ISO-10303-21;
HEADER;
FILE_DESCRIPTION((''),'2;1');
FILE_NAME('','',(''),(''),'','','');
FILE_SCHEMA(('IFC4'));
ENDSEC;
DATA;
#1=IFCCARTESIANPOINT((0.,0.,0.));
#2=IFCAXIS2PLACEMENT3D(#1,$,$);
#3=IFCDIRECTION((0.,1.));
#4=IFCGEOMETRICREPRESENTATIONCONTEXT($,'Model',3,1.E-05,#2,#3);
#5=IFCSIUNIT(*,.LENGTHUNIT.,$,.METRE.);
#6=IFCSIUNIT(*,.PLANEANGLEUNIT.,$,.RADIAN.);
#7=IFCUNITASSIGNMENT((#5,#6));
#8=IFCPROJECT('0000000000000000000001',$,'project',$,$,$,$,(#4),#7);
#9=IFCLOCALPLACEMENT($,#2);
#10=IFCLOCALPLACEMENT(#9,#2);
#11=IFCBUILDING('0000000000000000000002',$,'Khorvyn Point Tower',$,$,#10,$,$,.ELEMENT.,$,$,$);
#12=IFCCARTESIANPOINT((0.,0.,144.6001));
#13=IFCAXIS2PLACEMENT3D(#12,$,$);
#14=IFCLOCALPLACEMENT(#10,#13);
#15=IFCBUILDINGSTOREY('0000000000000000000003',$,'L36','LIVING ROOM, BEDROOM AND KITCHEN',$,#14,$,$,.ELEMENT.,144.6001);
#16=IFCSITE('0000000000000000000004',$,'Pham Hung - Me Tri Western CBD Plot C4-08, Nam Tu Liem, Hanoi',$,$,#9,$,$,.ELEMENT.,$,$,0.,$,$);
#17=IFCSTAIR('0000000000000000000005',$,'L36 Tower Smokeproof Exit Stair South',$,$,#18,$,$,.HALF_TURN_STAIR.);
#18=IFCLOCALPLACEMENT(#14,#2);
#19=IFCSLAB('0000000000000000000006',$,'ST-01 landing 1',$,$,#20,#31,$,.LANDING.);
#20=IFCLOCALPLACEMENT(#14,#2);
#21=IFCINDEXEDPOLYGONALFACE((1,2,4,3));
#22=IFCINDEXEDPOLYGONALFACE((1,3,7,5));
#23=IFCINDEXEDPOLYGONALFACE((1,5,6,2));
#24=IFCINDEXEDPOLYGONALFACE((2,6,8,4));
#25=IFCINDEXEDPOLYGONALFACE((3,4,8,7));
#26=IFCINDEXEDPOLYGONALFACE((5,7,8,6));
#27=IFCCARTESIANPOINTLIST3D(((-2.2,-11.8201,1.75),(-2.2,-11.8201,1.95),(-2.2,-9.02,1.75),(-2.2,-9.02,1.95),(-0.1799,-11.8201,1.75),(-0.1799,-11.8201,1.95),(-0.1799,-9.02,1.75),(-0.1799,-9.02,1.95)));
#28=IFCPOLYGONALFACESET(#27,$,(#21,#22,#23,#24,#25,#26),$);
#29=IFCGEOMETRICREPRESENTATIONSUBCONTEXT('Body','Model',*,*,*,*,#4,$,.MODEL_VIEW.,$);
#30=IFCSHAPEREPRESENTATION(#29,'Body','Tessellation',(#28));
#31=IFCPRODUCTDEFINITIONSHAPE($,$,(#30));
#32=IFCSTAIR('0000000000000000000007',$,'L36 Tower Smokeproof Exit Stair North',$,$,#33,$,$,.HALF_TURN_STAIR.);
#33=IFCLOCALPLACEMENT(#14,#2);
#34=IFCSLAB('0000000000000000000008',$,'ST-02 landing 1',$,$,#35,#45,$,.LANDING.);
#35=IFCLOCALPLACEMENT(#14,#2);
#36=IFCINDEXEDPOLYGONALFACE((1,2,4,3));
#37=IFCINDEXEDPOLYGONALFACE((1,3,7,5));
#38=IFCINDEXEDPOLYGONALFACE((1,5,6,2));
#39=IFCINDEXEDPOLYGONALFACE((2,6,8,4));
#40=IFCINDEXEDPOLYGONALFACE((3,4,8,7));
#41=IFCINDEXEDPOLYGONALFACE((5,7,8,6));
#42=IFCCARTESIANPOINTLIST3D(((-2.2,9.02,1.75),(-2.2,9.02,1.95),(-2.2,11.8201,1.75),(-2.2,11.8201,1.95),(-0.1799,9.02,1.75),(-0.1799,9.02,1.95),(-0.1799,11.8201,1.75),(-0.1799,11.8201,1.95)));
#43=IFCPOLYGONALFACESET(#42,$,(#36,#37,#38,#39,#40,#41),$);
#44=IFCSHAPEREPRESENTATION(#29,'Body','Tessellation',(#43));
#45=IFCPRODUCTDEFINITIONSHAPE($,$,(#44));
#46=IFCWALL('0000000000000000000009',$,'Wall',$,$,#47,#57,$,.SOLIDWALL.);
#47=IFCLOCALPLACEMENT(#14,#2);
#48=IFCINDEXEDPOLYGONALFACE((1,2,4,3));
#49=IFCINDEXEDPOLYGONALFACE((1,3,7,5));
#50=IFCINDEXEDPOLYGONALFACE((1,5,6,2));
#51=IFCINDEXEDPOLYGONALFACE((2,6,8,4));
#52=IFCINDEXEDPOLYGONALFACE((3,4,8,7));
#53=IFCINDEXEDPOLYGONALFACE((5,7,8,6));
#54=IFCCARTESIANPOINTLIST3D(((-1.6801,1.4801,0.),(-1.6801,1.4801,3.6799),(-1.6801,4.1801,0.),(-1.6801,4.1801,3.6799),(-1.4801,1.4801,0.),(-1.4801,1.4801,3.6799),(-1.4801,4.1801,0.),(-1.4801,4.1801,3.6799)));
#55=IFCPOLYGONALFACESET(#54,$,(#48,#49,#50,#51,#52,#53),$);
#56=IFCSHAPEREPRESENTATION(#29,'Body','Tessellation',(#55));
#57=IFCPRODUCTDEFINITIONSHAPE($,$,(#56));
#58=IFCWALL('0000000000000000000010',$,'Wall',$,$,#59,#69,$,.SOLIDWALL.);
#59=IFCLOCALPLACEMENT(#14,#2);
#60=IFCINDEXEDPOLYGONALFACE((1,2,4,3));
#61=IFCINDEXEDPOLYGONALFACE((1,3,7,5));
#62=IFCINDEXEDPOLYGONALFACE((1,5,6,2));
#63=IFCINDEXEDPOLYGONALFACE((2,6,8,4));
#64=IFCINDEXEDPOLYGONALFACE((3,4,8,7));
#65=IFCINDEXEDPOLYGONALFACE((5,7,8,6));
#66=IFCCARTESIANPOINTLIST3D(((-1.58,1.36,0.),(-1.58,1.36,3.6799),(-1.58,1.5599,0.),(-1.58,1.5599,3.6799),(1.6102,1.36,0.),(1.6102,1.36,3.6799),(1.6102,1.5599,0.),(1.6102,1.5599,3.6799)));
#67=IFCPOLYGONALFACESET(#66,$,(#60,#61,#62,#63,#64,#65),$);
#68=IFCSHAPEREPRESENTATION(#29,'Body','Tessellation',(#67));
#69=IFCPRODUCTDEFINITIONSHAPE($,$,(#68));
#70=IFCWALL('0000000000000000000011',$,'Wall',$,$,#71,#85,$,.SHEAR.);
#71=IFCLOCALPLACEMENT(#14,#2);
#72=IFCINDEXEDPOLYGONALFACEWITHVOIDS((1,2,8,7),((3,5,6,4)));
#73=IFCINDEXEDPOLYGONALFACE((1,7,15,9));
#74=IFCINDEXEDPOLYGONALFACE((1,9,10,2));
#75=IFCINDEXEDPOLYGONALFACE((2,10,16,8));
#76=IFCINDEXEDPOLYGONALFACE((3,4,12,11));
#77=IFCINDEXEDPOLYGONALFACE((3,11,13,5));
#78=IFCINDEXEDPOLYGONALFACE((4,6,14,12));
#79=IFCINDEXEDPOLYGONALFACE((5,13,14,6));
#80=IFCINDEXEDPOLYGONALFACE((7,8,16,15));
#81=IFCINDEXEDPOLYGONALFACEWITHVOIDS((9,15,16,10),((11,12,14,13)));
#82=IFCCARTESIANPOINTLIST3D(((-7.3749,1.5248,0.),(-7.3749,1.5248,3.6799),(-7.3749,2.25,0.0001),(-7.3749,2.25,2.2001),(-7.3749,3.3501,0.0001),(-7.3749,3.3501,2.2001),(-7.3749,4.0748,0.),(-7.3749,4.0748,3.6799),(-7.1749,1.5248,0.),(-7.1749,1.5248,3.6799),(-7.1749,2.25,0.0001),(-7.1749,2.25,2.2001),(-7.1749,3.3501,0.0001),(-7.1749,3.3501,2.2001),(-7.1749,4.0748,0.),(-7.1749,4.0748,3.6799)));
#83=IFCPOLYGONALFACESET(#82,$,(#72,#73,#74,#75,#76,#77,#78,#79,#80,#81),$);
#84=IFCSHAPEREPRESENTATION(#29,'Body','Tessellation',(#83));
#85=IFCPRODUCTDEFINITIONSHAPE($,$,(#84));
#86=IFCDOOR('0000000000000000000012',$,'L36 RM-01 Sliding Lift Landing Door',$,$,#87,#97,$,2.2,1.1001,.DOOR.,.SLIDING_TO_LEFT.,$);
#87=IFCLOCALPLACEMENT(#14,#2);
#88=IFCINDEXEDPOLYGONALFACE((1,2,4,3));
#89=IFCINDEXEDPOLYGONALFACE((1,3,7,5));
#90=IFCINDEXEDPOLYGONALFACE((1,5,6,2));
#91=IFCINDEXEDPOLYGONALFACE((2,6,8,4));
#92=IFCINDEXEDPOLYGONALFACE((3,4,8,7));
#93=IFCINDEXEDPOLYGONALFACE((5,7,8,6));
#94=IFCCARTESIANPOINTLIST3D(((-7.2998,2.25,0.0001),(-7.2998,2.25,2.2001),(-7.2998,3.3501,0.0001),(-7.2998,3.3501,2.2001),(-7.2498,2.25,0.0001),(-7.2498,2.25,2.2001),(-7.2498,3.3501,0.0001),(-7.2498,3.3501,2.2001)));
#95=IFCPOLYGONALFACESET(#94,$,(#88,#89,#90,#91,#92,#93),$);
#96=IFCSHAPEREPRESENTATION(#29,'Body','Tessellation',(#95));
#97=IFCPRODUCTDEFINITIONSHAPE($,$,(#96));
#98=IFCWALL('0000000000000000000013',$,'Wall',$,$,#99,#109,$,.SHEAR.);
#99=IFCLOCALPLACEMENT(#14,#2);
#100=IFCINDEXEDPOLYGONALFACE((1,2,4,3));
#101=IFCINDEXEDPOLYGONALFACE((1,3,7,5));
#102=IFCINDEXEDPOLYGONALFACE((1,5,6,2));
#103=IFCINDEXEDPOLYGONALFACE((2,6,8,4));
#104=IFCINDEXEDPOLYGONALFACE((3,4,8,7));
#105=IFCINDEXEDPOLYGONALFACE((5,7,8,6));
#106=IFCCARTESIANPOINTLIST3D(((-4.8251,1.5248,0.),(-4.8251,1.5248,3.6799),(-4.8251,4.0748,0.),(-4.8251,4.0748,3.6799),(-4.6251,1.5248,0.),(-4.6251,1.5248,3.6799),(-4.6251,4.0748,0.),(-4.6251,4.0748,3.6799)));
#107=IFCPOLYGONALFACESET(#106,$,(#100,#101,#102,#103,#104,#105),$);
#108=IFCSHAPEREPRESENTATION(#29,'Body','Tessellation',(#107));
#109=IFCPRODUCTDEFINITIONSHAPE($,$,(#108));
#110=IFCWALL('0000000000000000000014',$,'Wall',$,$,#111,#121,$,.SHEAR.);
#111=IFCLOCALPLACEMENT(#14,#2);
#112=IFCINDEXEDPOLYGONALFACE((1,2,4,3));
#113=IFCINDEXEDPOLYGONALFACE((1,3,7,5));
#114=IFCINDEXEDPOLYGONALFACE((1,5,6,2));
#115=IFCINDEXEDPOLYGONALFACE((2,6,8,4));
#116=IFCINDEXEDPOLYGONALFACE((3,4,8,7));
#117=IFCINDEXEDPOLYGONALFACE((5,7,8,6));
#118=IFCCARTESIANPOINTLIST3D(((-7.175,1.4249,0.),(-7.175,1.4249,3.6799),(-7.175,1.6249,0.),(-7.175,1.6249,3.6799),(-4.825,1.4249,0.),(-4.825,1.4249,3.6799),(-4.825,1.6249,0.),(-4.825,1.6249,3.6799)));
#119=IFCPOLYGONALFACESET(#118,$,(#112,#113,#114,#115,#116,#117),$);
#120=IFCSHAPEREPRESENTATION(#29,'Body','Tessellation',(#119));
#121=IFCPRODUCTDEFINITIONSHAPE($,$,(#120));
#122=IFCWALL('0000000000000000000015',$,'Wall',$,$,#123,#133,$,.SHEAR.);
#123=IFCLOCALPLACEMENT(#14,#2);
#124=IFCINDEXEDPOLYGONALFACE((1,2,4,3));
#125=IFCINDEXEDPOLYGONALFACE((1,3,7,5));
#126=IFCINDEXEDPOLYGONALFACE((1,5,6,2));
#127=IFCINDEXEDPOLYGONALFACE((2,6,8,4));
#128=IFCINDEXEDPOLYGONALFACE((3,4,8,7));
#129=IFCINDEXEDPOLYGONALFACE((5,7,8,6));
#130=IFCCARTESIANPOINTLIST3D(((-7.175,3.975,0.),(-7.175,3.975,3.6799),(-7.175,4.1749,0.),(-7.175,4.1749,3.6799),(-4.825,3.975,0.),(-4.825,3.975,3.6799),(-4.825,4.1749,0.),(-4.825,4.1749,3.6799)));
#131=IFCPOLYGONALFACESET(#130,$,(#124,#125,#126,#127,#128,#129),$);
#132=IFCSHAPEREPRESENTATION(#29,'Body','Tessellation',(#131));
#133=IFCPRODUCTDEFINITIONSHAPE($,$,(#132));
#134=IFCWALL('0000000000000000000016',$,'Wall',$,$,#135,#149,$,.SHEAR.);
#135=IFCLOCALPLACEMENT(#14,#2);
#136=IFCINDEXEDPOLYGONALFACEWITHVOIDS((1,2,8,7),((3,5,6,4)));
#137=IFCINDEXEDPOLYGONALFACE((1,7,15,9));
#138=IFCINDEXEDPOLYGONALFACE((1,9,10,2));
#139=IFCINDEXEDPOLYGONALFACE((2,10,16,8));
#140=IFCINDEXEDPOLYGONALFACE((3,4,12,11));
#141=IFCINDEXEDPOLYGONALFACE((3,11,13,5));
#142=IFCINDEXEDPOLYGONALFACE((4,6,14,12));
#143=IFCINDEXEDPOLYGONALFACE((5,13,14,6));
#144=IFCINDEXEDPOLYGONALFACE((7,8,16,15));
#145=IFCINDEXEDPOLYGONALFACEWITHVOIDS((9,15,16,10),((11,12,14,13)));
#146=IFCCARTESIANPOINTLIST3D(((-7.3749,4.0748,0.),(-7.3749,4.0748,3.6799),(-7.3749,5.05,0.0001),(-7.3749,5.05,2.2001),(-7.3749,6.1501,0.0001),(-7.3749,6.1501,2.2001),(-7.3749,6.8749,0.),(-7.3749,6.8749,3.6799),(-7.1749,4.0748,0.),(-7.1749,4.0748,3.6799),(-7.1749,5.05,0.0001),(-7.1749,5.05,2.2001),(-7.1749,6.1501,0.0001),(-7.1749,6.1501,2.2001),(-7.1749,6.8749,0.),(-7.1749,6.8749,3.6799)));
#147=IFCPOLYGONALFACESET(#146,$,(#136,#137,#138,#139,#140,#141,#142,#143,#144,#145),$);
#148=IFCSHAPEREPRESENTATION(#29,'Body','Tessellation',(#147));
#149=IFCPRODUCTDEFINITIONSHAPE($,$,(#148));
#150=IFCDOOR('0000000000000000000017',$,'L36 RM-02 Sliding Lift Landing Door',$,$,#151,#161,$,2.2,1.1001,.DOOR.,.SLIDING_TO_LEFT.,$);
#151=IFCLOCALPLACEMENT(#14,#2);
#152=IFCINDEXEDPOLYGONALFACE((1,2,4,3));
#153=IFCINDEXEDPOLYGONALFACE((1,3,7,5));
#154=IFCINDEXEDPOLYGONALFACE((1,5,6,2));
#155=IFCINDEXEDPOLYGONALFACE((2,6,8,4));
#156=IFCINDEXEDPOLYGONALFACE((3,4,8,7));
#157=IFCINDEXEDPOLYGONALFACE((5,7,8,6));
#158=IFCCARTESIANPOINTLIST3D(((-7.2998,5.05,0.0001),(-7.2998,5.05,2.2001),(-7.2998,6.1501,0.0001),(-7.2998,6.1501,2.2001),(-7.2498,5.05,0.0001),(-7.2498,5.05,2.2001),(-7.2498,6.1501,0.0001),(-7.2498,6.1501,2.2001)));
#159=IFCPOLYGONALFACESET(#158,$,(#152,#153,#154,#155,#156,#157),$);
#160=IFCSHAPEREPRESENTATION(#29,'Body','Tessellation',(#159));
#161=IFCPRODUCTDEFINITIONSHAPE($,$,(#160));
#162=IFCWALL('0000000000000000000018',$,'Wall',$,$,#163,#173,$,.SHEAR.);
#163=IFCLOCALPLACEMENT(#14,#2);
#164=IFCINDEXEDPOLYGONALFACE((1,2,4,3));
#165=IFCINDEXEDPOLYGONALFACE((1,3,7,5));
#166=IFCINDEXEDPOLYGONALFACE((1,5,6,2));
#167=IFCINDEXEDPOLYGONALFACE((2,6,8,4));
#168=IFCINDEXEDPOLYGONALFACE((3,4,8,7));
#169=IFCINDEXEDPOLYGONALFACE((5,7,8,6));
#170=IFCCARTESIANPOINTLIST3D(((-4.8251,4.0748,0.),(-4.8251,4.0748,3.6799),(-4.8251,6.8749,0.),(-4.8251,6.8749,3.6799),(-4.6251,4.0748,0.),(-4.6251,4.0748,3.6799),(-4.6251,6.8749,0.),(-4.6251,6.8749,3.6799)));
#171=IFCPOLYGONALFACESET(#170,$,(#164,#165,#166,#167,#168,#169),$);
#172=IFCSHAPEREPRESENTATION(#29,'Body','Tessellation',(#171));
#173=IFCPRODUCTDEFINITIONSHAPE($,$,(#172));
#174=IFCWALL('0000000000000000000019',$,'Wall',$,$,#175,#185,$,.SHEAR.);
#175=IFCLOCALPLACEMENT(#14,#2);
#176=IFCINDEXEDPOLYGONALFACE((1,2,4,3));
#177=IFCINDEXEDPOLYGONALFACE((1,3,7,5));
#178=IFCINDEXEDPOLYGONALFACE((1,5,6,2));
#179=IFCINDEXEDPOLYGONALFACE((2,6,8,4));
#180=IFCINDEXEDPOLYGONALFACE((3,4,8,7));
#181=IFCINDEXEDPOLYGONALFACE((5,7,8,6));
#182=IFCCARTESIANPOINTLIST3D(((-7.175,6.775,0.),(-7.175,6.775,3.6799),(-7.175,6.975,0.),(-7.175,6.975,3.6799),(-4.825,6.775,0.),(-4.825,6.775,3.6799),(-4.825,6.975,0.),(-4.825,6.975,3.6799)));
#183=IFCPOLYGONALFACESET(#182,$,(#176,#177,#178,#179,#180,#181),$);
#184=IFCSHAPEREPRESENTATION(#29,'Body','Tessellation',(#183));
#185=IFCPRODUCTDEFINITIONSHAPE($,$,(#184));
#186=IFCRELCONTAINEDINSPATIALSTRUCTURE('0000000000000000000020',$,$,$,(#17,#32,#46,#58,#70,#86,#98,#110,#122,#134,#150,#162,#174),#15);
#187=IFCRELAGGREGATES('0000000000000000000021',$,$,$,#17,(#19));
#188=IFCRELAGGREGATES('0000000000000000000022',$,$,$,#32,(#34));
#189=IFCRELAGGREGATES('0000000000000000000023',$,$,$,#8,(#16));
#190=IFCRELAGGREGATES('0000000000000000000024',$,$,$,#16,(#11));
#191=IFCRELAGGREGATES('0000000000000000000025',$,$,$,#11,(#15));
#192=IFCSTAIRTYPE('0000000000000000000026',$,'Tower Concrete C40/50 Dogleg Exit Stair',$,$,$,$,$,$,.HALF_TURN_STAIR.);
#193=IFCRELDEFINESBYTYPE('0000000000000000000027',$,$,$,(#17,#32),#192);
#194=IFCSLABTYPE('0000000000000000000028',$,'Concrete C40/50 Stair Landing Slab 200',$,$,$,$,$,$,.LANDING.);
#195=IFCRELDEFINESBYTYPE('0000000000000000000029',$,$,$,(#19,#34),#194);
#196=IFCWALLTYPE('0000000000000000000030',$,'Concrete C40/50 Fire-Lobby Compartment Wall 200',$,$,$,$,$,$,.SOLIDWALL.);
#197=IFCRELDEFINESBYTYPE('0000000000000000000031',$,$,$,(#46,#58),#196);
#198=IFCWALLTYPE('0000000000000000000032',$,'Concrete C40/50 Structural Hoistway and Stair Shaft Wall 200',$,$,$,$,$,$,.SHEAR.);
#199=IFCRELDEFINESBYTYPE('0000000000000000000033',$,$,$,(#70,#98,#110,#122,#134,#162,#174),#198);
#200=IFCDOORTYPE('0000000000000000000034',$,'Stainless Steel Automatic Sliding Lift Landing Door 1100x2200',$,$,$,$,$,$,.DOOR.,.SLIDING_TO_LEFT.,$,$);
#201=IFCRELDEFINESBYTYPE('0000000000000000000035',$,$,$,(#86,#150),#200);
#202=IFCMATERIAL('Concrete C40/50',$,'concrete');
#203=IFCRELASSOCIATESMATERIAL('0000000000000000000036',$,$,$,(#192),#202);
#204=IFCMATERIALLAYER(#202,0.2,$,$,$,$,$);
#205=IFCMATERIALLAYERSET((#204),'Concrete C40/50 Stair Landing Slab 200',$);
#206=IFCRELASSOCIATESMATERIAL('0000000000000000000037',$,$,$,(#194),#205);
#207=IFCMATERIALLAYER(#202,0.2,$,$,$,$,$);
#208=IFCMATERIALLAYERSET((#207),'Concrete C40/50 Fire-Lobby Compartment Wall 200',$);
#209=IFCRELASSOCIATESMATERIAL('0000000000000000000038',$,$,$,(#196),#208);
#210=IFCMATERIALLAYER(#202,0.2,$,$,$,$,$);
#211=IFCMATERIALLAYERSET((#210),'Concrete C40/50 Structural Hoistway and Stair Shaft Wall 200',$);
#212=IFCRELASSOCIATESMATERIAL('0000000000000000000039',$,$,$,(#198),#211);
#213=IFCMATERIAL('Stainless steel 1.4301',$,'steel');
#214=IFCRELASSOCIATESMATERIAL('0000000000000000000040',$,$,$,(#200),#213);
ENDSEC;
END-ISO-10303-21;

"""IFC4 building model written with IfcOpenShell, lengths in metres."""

from ifc_helpers import new_model, si_unit, direction, frame, frame_2d, origin, place, context, subcontext, project, spatial, polyline, rectangle, outline, extrude, material, layer, layer_set, type_object, element, fill, aggregate, save


model = new_model("IFC4")

# Units and contexts
model_context = context("Model", 3, precision=1e-05, world=origin(), true_north=direction((0.0, 1.0)))
body_context = subcontext(model_context, "Body", "Model", "MODEL_VIEW")
ifc_project = project(units=[si_unit("LENGTHUNIT", "METRE"), si_unit("PLANEANGLEUNIT", "RADIAN")], contexts=[model_context])

# Site, building, storey
site_placement = place(None, origin())
site = spatial("IfcSite", under=ifc_project, at=site_placement, Name="Pham Hung - Me Tri Western CBD Plot C4-08, Nam Tu Liem, Hanoi", CompositionType="ELEMENT", RefElevation=0.0)
building_placement = place(site_placement, origin())
building = spatial("IfcBuilding", under=site, at=building_placement, Name="Khorvyn Point Tower", CompositionType="ELEMENT")
storey_placement = place(building_placement, frame((0.0, 0.0, 144.6001)))
storey = spatial("IfcBuildingStorey", under=building, at=storey_placement, Name="L36", Description="LIVING ROOM, BEDROOM AND KITCHEN", CompositionType="ELEMENT", Elevation=144.6001)

# Shared definitions
ifc_material_1 = material(Name="Concrete C40/50", Category="concrete")

# Stairs, slabs
stair_type = type_object("IfcStairType", Name="Tower Concrete C40/50 Dogleg Exit Stair", PredefinedType="HALF_TURN_STAIR", material=ifc_material_1)
stair_1_placement = place(storey_placement, origin())
stair_1 = element("IfcStair", 1, at=stair_1_placement, inside=storey, type_object=stair_type, Name="L36 Tower Smokeproof Exit Stair South", PredefinedType="HALF_TURN_STAIR")
ifc_layer_1 = layer(ifc_material_1, 0.2)
ifc_layer_set_1 = layer_set([ifc_layer_1], Name="Concrete C40/50 Stair Landing Slab 200")
slab_type_1 = type_object("IfcSlabType", Name="Concrete C40/50 Stair Landing Slab 200", PredefinedType="LANDING", material=ifc_layer_set_1)
slab_1_placement = place(storey_placement, frame((0.0, 0.0, 1.75)))
slab_1 = element("IfcSlab", 2, at=slab_1_placement, type_object=slab_type_1, Name="ST-01 landing 1", PredefinedType="LANDING", context=body_context, shape_type="SweptSolid", body=[
    extrude(outline(polyline([(-0.1799, -9.02), (-2.2, -9.02), (-2.2, -11.8201), (-0.1799, -11.8201), (-0.1799, -9.02)])), origin(), (0.0, 0.0, 1.0), 0.2),
])
aggregate(stair_1, [slab_1])
stair_2_placement = place(storey_placement, origin())
stair_2 = element("IfcStair", 3, at=stair_2_placement, inside=storey, type_object=stair_type, Name="L36 Tower Smokeproof Exit Stair North", PredefinedType="HALF_TURN_STAIR")
slab_2_placement = place(storey_placement, frame((0.0, 0.0, 1.75)))
slab_2 = element("IfcSlab", 4, at=slab_2_placement, type_object=slab_type_1, Name="ST-02 landing 1", PredefinedType="LANDING", context=body_context, shape_type="SweptSolid", body=[
    extrude(outline(polyline([(-0.1799, 11.8201), (-2.2, 11.8201), (-2.2, 9.02), (-0.1799, 9.02), (-0.1799, 11.8201)])), origin(), (0.0, 0.0, 1.0), 0.2),
])
aggregate(stair_2, [slab_2])

# Shared definitions
ifc_layer_2 = layer(ifc_material_1, 0.2)
ifc_layer_set_2 = layer_set([ifc_layer_2], Name="Concrete C40/50 Fire-Lobby Compartment Wall 200")
wall_type_1 = type_object("IfcWallType", Name="Concrete C40/50 Fire-Lobby Compartment Wall 200", PredefinedType="SOLIDWALL", material=ifc_layer_set_2)

# Walls
wall_1_placement = place(storey_placement, frame((-1.5801, 1.48, 0.0), z_axis=(0.0, 0.0, 1.0), x_axis=(0.0, 1.0, 0.0)))
element("IfcWall", 5, at=wall_1_placement, inside=storey, type_object=wall_type_1, Name="Wall", PredefinedType="SOLIDWALL", context=body_context, shape_type="SweptSolid", body=[
    extrude(rectangle(XDim=2.7, YDim=0.2, at=frame_2d((1.3501, 0.0))), origin(), (0.0, 0.0, 1.0), 3.6799),
])
wall_2_placement = place(storey_placement, frame((-1.5801, 1.46, 0.0), z_axis=(0.0, 0.0, 1.0), x_axis=(1.0, 0.0, 0.0)))
element("IfcWall", 6, at=wall_2_placement, inside=storey, type_object=wall_type_1, Name="Wall", PredefinedType="SOLIDWALL", context=body_context, shape_type="SweptSolid", body=[
    extrude(rectangle(XDim=3.1902, YDim=0.2, at=frame_2d((1.5952, 0.0))), origin(), (0.0, 0.0, 1.0), 3.6799),
])

# Wall, opening, door
ifc_layer_3 = layer(ifc_material_1, 0.2)
ifc_layer_set_3 = layer_set([ifc_layer_3], Name="Concrete C40/50 Structural Hoistway and Stair Shaft Wall 200")
wall_type_2 = type_object("IfcWallType", Name="Concrete C40/50 Structural Hoistway and Stair Shaft Wall 200", PredefinedType="SHEAR", material=ifc_layer_set_3)
wall_3_placement = place(storey_placement, frame((-7.2749, 1.5249, 0.0), z_axis=(0.0, 0.0, 1.0), x_axis=(0.0, 1.0, 0.0)))
wall_3 = element("IfcWall", 7, at=wall_3_placement, inside=storey, type_object=wall_type_2, Name="Wall", PredefinedType="SHEAR", context=body_context, shape_type="SweptSolid", body=[
    extrude(rectangle(XDim=2.55, YDim=0.2, at=frame_2d((1.2749, 0.0))), origin(), (0.0, 0.0, 1.0), 3.6799),
])
opening_1_placement = place(wall_3_placement, frame((0.7251, 0.0, 0.0)))
opening_1 = element("IfcOpeningElement", 8, at=opening_1_placement, cuts=wall_3, PredefinedType="OPENING", context=body_context, shape_type="SweptSolid", body=[
    extrude(rectangle(XDim=1.1001, YDim=2.2, at=frame_2d((0.55, 1.1001))), frame((0.0, 0.1099, 0.0), z_axis=(0.0, -1.0, 0.0), x_axis=(1.0, 0.0, 0.0)), (0.0, 0.0, 1.0), 0.22),
])
ifc_material_2 = material(Name="Stainless steel 1.4301", Category="steel")
door_type_1 = type_object("IfcDoorType", Name="Stainless Steel Automatic Sliding Lift Landing Door 1100x2200", OperationType="SLIDING_TO_LEFT", PredefinedType="DOOR", material=ifc_material_2)
door_1_placement = place(opening_1_placement, origin())
door_1 = element("IfcDoor", 9, at=door_1_placement, inside=storey, type_object=door_type_1, Name="L36 RM-01 Sliding Lift Landing Door", OperationType="SLIDING_TO_LEFT", OverallHeight=2.2, OverallWidth=1.1001, PredefinedType="DOOR", context=body_context, shape_type="SweptSolid", body=[
    extrude(rectangle(XDim=1.1001, YDim=2.2, at=frame_2d((0.55, 1.1001))), frame((0.0, 0.0249, 0.0), z_axis=(0.0, -1.0, 0.0), x_axis=(1.0, 0.0, 0.0)), (0.0, 0.0, 1.0), 0.05),
])
fill(opening_1, door_1)

# Walls
wall_4_placement = place(storey_placement, frame((-4.7251, 1.5249, 0.0), z_axis=(0.0, 0.0, 1.0), x_axis=(0.0, 1.0, 0.0)))
element("IfcWall", 10, at=wall_4_placement, inside=storey, type_object=wall_type_2, Name="Wall", PredefinedType="SHEAR", context=body_context, shape_type="SweptSolid", body=[
    extrude(rectangle(XDim=2.55, YDim=0.2, at=frame_2d((1.2749, 0.0))), origin(), (0.0, 0.0, 1.0), 3.6799),
])
for number, where, z_axis, x_axis, name in (
    (11, (-7.175, 1.5249, 0.0), (0.0, 0.0, 1.0), (1.0, 0.0, 0.0), "Wall"),
    (12, (-7.175, 4.075, 0.0), (0.0, 0.0, 1.0), (1.0, 0.0, 0.0), "Wall"),
):
    element("IfcWall", number, at=place(storey_placement, frame(where, z_axis=z_axis, x_axis=x_axis)), inside=storey, type_object=wall_type_2, Name=name, PredefinedType="SHEAR", context=body_context, shape_type="SweptSolid", body=[
        extrude(rectangle(XDim=2.3501, YDim=0.2, at=frame_2d((1.175, 0.0))), origin(), (0.0, 0.0, 1.0), 3.6799),
    ])

# Wall, opening, door
wall_5_placement = place(storey_placement, frame((-7.2749, 4.075, 0.0), z_axis=(0.0, 0.0, 1.0), x_axis=(0.0, 1.0, 0.0)))
wall_5 = element("IfcWall", 13, at=wall_5_placement, inside=storey, type_object=wall_type_2, Name="Wall", PredefinedType="SHEAR", context=body_context, shape_type="SweptSolid", body=[
    extrude(rectangle(XDim=2.8, YDim=0.2, at=frame_2d((1.3999, 0.0))), origin(), (0.0, 0.0, 1.0), 3.6799),
])
opening_2_placement = place(wall_5_placement, frame((0.9751, 0.0, 0.0)))
opening_2 = element("IfcOpeningElement", 14, at=opening_2_placement, cuts=wall_5, PredefinedType="OPENING", context=body_context, shape_type="SweptSolid", body=[
    extrude(rectangle(XDim=1.1001, YDim=2.2, at=frame_2d((0.55, 1.1001))), frame((0.0, 0.1099, 0.0), z_axis=(0.0, -1.0, 0.0), x_axis=(1.0, 0.0, 0.0)), (0.0, 0.0, 1.0), 0.22),
])
door_2_placement = place(opening_2_placement, origin())
door_2 = element("IfcDoor", 15, at=door_2_placement, inside=storey, type_object=door_type_1, Name="L36 RM-02 Sliding Lift Landing Door", OperationType="SLIDING_TO_LEFT", OverallHeight=2.2, OverallWidth=1.1001, PredefinedType="DOOR", context=body_context, shape_type="SweptSolid", body=[
    extrude(rectangle(XDim=1.1001, YDim=2.2, at=frame_2d((0.55, 1.1001))), frame((0.0, 0.0249, 0.0), z_axis=(0.0, -1.0, 0.0), x_axis=(1.0, 0.0, 0.0)), (0.0, 0.0, 1.0), 0.05),
])
fill(opening_2, door_2)

# Walls
wall_6_placement = place(storey_placement, frame((-4.7251, 4.075, 0.0), z_axis=(0.0, 0.0, 1.0), x_axis=(0.0, 1.0, 0.0)))
element("IfcWall", 16, at=wall_6_placement, inside=storey, type_object=wall_type_2, Name="Wall", PredefinedType="SHEAR", context=body_context, shape_type="SweptSolid", body=[
    extrude(rectangle(XDim=2.8, YDim=0.2, at=frame_2d((1.3999, 0.0))), origin(), (0.0, 0.0, 1.0), 3.6799),
])
wall_7_placement = place(storey_placement, frame((-7.175, 6.875, 0.0), z_axis=(0.0, 0.0, 1.0), x_axis=(1.0, 0.0, 0.0)))
element("IfcWall", 17, at=wall_7_placement, inside=storey, type_object=wall_type_2, Name="Wall", PredefinedType="SHEAR", context=body_context, shape_type="SweptSolid", body=[
    extrude(rectangle(XDim=2.3501, YDim=0.2, at=frame_2d((1.175, 0.0))), origin(), (0.0, 0.0, 1.0), 3.6799),
])

save(model, "model.ifc")
